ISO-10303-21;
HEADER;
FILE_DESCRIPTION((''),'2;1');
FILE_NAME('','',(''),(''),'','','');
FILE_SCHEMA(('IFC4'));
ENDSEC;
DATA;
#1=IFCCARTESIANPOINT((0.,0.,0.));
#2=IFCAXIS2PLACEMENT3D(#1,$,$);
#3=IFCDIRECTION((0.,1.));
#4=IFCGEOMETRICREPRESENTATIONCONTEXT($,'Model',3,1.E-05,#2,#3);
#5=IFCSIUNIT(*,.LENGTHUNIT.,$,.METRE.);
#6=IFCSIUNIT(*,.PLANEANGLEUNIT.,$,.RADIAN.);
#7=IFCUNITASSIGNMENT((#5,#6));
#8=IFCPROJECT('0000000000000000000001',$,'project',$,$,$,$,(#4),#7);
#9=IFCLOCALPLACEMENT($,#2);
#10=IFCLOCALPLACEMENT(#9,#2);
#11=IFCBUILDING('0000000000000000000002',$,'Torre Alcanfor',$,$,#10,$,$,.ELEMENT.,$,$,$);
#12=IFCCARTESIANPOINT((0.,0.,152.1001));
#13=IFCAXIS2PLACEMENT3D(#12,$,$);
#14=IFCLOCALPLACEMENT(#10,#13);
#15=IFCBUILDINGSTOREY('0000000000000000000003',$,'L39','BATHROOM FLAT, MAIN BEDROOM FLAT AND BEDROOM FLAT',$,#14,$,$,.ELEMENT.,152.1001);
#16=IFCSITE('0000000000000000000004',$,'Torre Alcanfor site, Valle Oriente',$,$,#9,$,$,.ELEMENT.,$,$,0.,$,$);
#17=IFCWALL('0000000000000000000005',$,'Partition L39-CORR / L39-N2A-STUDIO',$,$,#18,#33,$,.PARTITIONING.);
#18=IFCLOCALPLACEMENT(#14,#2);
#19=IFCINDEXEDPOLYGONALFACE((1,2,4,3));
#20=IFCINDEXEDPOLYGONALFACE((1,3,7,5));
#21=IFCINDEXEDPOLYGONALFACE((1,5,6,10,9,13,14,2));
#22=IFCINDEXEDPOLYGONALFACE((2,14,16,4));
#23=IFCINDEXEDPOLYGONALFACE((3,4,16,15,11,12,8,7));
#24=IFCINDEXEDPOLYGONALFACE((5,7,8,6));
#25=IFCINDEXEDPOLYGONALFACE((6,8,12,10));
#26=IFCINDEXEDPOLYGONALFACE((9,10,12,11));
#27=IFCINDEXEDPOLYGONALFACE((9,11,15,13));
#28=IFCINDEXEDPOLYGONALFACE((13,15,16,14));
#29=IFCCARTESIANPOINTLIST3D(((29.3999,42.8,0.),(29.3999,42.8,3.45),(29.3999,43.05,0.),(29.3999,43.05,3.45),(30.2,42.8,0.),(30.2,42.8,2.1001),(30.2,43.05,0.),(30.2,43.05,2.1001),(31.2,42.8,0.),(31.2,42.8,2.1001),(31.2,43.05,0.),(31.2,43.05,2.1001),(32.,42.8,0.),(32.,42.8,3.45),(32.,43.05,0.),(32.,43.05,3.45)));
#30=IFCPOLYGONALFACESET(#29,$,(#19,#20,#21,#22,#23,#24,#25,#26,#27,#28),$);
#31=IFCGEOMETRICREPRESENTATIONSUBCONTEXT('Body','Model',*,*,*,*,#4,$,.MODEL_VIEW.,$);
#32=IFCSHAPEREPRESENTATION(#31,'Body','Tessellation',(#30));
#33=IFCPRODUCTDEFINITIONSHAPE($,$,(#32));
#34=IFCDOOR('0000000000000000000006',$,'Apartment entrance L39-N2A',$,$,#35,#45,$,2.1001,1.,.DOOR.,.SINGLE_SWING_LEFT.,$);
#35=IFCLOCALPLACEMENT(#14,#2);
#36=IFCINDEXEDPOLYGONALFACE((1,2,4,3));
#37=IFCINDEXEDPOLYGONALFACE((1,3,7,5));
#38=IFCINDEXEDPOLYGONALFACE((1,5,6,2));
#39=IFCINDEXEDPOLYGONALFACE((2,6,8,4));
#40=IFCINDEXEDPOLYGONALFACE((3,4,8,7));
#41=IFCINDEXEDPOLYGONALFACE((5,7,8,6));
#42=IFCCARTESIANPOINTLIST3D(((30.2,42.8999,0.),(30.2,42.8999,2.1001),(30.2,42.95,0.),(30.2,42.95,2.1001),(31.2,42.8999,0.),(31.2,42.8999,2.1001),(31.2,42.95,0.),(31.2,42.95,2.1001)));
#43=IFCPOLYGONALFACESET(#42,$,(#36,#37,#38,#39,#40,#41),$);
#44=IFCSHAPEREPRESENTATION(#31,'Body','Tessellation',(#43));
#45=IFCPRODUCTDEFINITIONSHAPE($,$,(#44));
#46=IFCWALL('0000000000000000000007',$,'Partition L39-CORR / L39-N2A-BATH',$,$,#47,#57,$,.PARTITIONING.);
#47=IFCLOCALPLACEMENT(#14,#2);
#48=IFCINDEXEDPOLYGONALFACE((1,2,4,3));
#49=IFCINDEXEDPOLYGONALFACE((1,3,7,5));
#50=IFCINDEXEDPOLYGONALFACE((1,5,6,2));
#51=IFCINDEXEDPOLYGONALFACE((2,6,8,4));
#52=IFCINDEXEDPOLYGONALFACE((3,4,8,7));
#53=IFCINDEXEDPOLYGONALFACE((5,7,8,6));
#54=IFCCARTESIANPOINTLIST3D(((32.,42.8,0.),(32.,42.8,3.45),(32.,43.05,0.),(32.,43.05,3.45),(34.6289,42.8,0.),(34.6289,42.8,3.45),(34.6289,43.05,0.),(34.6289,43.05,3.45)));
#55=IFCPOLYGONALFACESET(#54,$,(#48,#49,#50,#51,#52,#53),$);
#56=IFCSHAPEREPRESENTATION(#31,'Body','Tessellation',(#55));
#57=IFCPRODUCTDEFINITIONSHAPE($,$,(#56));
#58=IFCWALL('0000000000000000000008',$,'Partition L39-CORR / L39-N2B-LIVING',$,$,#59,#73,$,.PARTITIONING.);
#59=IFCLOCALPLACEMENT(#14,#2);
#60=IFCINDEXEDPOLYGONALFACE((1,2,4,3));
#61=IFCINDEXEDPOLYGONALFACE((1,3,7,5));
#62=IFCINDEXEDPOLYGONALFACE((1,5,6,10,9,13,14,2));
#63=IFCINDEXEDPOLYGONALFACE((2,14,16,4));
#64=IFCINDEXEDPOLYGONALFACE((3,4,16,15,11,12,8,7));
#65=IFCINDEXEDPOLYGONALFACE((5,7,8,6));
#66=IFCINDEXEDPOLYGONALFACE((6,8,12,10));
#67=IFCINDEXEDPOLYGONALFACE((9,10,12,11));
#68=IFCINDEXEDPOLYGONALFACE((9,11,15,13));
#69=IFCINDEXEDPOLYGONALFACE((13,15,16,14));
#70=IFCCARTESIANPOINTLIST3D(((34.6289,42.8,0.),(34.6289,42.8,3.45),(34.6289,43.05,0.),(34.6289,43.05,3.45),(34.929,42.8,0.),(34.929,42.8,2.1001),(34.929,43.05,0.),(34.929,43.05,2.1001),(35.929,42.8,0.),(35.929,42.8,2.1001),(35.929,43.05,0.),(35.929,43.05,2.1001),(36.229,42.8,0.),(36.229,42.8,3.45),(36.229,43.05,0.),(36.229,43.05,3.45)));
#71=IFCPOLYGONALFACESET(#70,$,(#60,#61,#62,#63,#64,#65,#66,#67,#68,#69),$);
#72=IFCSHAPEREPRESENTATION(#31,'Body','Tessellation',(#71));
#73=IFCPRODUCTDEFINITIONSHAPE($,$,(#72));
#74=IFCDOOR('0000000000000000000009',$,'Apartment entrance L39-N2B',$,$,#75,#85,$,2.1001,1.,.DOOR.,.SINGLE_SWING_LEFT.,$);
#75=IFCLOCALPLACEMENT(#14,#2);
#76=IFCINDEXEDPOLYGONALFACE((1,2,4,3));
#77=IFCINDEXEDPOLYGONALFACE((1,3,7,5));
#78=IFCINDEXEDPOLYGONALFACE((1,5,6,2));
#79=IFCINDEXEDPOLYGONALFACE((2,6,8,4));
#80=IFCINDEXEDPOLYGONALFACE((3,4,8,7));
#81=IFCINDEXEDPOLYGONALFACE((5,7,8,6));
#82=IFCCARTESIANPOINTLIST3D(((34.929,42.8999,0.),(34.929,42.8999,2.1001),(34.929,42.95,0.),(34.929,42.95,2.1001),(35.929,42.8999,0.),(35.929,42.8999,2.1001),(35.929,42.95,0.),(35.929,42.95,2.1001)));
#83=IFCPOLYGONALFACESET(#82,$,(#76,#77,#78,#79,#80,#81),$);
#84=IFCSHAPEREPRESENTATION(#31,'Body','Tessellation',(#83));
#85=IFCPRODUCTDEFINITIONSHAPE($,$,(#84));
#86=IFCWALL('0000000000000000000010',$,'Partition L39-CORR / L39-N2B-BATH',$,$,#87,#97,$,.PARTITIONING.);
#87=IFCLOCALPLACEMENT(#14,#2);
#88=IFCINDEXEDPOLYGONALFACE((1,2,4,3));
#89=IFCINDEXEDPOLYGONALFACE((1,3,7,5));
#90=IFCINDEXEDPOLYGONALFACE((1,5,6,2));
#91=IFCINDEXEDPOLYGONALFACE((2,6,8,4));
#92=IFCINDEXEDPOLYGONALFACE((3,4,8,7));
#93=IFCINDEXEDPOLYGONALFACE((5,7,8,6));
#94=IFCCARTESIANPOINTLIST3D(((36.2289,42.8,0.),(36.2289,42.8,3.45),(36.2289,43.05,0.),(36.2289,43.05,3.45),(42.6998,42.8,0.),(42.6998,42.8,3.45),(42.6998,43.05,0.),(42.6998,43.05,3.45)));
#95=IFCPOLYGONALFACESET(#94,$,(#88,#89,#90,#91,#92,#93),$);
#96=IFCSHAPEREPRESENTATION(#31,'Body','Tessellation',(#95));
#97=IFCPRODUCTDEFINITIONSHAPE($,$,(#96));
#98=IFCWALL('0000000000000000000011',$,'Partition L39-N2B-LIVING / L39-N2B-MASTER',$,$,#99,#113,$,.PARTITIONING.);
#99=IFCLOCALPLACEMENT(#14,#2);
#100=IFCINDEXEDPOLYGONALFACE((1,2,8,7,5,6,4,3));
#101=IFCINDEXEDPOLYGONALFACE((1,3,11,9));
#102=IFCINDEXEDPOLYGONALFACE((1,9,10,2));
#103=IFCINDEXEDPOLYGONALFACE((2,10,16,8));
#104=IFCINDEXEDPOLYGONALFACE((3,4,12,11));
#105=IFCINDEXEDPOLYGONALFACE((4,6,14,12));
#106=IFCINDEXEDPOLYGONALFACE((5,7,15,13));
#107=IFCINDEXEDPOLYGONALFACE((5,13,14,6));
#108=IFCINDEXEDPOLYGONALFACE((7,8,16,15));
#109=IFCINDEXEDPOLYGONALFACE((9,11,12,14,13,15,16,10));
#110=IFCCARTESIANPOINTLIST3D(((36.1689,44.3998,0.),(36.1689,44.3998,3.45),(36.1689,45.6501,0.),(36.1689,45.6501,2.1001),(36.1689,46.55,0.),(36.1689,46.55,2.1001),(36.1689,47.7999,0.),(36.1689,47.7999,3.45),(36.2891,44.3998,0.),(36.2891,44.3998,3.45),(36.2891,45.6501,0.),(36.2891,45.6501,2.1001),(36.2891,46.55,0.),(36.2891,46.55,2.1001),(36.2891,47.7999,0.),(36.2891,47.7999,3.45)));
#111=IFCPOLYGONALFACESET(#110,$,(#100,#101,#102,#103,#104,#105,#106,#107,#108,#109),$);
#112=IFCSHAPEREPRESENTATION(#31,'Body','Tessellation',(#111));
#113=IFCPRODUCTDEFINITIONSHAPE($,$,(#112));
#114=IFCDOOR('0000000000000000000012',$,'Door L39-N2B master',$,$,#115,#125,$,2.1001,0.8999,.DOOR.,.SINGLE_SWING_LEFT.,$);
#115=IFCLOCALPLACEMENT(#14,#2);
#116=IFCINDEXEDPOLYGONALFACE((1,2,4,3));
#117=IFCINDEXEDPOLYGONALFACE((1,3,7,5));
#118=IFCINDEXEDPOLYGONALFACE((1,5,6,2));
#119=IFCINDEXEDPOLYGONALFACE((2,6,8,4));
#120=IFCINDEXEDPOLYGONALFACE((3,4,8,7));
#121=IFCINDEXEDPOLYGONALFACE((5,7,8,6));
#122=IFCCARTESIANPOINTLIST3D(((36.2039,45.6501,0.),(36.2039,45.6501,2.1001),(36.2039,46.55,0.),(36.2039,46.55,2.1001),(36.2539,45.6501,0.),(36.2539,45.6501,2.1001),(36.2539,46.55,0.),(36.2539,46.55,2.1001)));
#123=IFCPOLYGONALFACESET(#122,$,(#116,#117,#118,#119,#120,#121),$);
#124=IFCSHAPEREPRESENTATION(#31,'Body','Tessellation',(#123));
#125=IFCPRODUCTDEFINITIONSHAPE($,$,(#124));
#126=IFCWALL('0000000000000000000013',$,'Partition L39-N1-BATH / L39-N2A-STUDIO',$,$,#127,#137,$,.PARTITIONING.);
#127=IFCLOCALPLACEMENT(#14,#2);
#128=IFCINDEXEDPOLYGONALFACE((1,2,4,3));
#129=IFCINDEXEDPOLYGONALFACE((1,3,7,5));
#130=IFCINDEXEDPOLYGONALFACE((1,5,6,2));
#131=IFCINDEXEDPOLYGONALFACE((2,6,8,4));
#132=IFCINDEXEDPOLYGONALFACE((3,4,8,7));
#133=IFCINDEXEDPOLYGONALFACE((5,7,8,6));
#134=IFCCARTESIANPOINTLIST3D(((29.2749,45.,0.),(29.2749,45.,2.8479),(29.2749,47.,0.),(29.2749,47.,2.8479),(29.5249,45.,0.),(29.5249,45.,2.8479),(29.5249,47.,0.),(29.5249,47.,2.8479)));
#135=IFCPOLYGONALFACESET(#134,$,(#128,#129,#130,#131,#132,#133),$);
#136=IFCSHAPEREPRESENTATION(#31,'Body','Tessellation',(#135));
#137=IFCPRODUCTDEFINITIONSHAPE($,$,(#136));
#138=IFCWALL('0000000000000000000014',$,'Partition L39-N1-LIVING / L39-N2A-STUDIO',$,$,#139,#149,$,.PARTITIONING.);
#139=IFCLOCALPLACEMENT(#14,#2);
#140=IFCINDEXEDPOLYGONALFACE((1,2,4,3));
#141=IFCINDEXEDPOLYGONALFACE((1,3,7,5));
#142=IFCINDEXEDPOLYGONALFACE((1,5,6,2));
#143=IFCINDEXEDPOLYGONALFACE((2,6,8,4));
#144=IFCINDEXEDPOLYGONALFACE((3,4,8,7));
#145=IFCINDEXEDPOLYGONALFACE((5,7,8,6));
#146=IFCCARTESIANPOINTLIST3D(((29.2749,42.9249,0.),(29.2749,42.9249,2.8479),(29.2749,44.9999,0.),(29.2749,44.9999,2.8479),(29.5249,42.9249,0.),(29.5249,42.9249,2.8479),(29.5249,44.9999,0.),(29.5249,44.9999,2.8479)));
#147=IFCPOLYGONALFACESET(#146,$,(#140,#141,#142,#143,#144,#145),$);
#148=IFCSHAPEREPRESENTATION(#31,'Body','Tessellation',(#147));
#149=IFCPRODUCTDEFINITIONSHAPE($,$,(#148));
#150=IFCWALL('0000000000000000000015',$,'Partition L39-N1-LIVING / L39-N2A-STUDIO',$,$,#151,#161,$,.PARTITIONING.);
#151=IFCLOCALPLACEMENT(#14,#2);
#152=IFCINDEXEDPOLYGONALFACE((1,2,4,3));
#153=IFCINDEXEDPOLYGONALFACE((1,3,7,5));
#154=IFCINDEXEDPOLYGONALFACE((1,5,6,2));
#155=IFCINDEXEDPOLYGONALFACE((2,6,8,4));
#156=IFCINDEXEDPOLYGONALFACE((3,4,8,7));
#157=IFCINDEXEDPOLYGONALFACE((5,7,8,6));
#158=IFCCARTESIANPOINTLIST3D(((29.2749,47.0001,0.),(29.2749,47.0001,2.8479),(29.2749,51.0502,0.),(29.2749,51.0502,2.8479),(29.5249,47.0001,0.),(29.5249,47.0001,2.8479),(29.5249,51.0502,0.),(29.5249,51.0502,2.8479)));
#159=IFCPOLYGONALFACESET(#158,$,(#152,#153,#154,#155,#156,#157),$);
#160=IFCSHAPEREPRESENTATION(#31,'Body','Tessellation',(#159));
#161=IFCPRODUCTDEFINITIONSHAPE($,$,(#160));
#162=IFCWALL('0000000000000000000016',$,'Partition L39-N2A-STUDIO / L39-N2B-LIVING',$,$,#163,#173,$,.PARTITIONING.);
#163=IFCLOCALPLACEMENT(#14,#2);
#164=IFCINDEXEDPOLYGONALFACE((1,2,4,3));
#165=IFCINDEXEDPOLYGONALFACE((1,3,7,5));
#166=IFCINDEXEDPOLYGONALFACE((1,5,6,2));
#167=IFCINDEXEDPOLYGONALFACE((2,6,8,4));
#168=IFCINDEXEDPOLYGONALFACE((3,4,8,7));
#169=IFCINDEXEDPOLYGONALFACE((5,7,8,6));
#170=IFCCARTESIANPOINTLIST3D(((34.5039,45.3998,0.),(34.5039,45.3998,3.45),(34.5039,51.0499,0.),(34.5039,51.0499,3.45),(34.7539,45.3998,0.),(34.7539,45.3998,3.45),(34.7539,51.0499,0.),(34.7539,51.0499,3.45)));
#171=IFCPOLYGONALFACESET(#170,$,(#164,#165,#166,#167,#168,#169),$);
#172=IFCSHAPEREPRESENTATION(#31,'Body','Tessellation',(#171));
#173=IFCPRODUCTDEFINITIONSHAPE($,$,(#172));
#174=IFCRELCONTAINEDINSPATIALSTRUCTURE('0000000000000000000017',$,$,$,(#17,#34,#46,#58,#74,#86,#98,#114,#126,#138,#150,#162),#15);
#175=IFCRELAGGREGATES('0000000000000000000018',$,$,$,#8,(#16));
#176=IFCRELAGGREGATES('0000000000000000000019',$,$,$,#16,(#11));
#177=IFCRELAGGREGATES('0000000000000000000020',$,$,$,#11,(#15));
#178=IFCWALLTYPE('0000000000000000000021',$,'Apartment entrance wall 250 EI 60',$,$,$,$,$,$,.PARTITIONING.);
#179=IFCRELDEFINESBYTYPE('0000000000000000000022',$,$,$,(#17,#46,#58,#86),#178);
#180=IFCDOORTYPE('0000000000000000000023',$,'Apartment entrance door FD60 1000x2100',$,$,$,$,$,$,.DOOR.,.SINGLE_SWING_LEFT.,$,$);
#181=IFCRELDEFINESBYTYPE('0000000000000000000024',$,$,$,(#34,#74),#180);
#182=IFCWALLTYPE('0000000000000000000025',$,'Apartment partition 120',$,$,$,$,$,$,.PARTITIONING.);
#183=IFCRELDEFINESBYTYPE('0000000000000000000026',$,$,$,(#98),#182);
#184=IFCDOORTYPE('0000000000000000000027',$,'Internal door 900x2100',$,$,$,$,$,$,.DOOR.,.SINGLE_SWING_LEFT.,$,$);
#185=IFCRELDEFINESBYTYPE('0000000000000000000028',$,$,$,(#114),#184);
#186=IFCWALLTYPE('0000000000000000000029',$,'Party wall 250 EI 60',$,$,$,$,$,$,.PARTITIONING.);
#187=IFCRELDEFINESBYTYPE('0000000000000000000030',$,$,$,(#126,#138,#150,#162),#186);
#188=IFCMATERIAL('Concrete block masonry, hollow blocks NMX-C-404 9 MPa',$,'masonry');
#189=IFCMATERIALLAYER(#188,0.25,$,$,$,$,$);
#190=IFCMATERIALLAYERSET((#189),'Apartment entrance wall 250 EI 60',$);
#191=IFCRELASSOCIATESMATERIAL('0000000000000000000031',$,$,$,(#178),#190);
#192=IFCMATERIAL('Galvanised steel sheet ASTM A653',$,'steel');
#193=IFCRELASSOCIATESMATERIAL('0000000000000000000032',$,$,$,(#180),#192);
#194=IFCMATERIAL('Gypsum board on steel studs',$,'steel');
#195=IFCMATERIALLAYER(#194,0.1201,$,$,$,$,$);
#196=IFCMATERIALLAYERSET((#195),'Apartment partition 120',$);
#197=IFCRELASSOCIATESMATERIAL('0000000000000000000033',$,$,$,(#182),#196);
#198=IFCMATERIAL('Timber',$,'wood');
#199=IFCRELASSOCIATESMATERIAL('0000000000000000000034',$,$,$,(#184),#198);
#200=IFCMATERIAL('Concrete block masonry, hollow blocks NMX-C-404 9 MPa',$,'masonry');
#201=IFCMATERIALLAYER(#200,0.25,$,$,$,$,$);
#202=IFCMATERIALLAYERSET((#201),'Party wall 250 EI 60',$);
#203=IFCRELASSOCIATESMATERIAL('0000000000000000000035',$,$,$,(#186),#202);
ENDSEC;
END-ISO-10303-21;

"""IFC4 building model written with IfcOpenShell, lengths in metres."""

from ifc_helpers import new_model, si_unit, direction, frame, frame_2d, origin, place, context, subcontext, project, spatial, rectangle, extrude, material, layer, layer_set, type_object, element, fill, save


model = new_model("IFC4")

# Units and contexts
model_context = context("Model", 3, precision=1e-05, world=origin(), true_north=direction((0.0, 1.0)))
body_context = subcontext(model_context, "Body", "Model", "MODEL_VIEW")
ifc_project = project(units=[si_unit("LENGTHUNIT", "METRE"), si_unit("PLANEANGLEUNIT", "RADIAN")], contexts=[model_context])

# Site, building, storey
site_placement = place(None, origin())
site = spatial("IfcSite", under=ifc_project, at=site_placement, Name="Torre Alcanfor site, Valle Oriente", CompositionType="ELEMENT", RefElevation=0.0)
building_placement = place(site_placement, origin())
building = spatial("IfcBuilding", under=site, at=building_placement, Name="Torre Alcanfor", CompositionType="ELEMENT")
storey_placement = place(building_placement, frame((0.0, 0.0, 152.1001)))
storey = spatial("IfcBuildingStorey", under=building, at=storey_placement, Name="L39", Description="BATHROOM FLAT, MAIN BEDROOM FLAT AND BEDROOM FLAT", CompositionType="ELEMENT", Elevation=152.1001)

# Wall, opening, door
ifc_material_1 = material(Name="Concrete block masonry, hollow blocks NMX-C-404 9 MPa", Category="masonry")
ifc_layer_1 = layer(ifc_material_1, 0.25)
ifc_layer_set_1 = layer_set([ifc_layer_1], Name="Apartment entrance wall 250 EI 60")
wall_type_1 = type_object("IfcWallType", Name="Apartment entrance wall 250 EI 60", PredefinedType="PARTITIONING", material=ifc_layer_set_1)
wall_1_placement = place(storey_placement, frame((29.3999, 42.925, 0.0), z_axis=(0.0, 0.0, 1.0), x_axis=(1.0, 0.0, 0.0)))
wall_1 = element("IfcWall", 1, at=wall_1_placement, inside=storey, type_object=wall_type_1, Name="Partition L39-CORR / L39-N2A-STUDIO", PredefinedType="PARTITIONING", context=body_context, shape_type="SweptSolid", body=[
    extrude(rectangle(XDim=2.6001, YDim=0.25, at=frame_2d((1.3, 0.0))), origin(), (0.0, 0.0, 1.0), 3.45),
])
opening_1_placement = place(wall_1_placement, frame((0.8, 0.0, 0.0)))
opening_1 = element("IfcOpeningElement", 2, at=opening_1_placement, cuts=wall_1, PredefinedType="OPENING", context=body_context, shape_type="SweptSolid", body=[
    extrude(rectangle(XDim=1.0, YDim=2.1001, at=frame_2d((0.5, 1.05))), frame((0.0, 0.135, 0.0), z_axis=(0.0, -1.0, 0.0), x_axis=(1.0, 0.0, 0.0)), (0.0, 0.0, 1.0), 0.27),
])
ifc_material_2 = material(Name="Galvanised steel sheet ASTM A653", Category="steel")
door_type_1 = type_object("IfcDoorType", Name="Apartment entrance door FD60 1000x2100", OperationType="SINGLE_SWING_LEFT", PredefinedType="DOOR", material=ifc_material_2)
door_1_placement = place(opening_1_placement, origin())
door_1 = element("IfcDoor", 3, at=door_1_placement, inside=storey, type_object=door_type_1, Name="Apartment entrance L39-N2A", OperationType="SINGLE_SWING_LEFT", OverallHeight=2.1001, OverallWidth=1.0, PredefinedType="DOOR", context=body_context, shape_type="SweptSolid", body=[
    extrude(rectangle(XDim=1.0, YDim=2.1001, at=frame_2d((0.5, 1.05))), frame((0.0, 0.0249, 0.0), z_axis=(0.0, -1.0, 0.0), x_axis=(1.0, 0.0, 0.0)), (0.0, 0.0, 1.0), 0.05),
])
fill(opening_1, door_1)

# Wall
wall_2_placement = place(storey_placement, frame((32.0, 42.925, 0.0), z_axis=(0.0, 0.0, 1.0), x_axis=(1.0, 0.0, 0.0)))
element("IfcWall", 4, at=wall_2_placement, inside=storey, type_object=wall_type_1, Name="Partition L39-CORR / L39-N2A-BATH", PredefinedType="PARTITIONING", context=body_context, shape_type="SweptSolid", body=[
    extrude(rectangle(XDim=2.6289, YDim=0.25, at=frame_2d((1.3145, 0.0))), origin(), (0.0, 0.0, 1.0), 3.45),
])

# Wall, opening, door
wall_3_placement = place(storey_placement, frame((34.6289, 42.925, 0.0), z_axis=(0.0, 0.0, 1.0), x_axis=(1.0, 0.0, 0.0)))
wall_3 = element("IfcWall", 5, at=wall_3_placement, inside=storey, type_object=wall_type_1, Name="Partition L39-CORR / L39-N2B-LIVING", PredefinedType="PARTITIONING", context=body_context, shape_type="SweptSolid", body=[
    extrude(rectangle(XDim=1.6001, YDim=0.25, at=frame_2d((0.8, 0.0))), origin(), (0.0, 0.0, 1.0), 3.45),
])
opening_2_placement = place(wall_3_placement, frame((0.3, 0.0, 0.0)))
opening_2 = element("IfcOpeningElement", 6, at=opening_2_placement, cuts=wall_3, PredefinedType="OPENING", context=body_context, shape_type="SweptSolid", body=[
    extrude(rectangle(XDim=1.0, YDim=2.1001, at=frame_2d((0.5, 1.05))), frame((0.0, 0.135, 0.0), z_axis=(0.0, -1.0, 0.0), x_axis=(1.0, 0.0, 0.0)), (0.0, 0.0, 1.0), 0.27),
])
door_2_placement = place(opening_2_placement, origin())
door_2 = element("IfcDoor", 7, at=door_2_placement, inside=storey, type_object=door_type_1, Name="Apartment entrance L39-N2B", OperationType="SINGLE_SWING_LEFT", OverallHeight=2.1001, OverallWidth=1.0, PredefinedType="DOOR", context=body_context, shape_type="SweptSolid", body=[
    extrude(rectangle(XDim=1.0, YDim=2.1001, at=frame_2d((0.5, 1.05))), frame((0.0, 0.0249, 0.0), z_axis=(0.0, -1.0, 0.0), x_axis=(1.0, 0.0, 0.0)), (0.0, 0.0, 1.0), 0.05),
])
fill(opening_2, door_2)

# Wall
wall_4_placement = place(storey_placement, frame((36.229, 42.925, 0.0), z_axis=(0.0, 0.0, 1.0), x_axis=(1.0, 0.0, 0.0)))
element("IfcWall", 8, at=wall_4_placement, inside=storey, type_object=wall_type_1, Name="Partition L39-CORR / L39-N2B-BATH", PredefinedType="PARTITIONING", context=body_context, shape_type="SweptSolid", body=[
    extrude(rectangle(XDim=6.4709, YDim=0.25, at=frame_2d((3.2354, 0.0))), origin(), (0.0, 0.0, 1.0), 3.45),
])

# Wall, opening, door
ifc_material_3 = material(Name="Gypsum board on steel studs", Category="steel")
ifc_layer_2 = layer(ifc_material_3, 0.1201)
ifc_layer_set_2 = layer_set([ifc_layer_2], Name="Apartment partition 120")
wall_type_2 = type_object("IfcWallType", Name="Apartment partition 120", PredefinedType="PARTITIONING", material=ifc_layer_set_2)
wall_5_placement = place(storey_placement, frame((36.229, 47.8, 0.0), z_axis=(0.0, 0.0, 1.0), x_axis=(0.0, -1.0, 0.0)))
wall_5 = element("IfcWall", 9, at=wall_5_placement, inside=storey, type_object=wall_type_2, Name="Partition L39-N2B-LIVING / L39-N2B-MASTER", PredefinedType="PARTITIONING", context=body_context, shape_type="SweptSolid", body=[
    extrude(rectangle(XDim=3.4001, YDim=0.1201, at=frame_2d((1.7002, 0.0))), origin(), (0.0, 0.0, 1.0), 3.45),
])
opening_3_placement = place(wall_5_placement, frame((1.25, 0.0, 0.0)))
opening_3 = element("IfcOpeningElement", 10, at=opening_3_placement, cuts=wall_5, PredefinedType="OPENING", context=body_context, shape_type="SweptSolid", body=[
    extrude(rectangle(XDim=0.8999, YDim=2.1001, at=frame_2d((0.45, 1.05))), frame((0.0, 0.0701, 0.0), z_axis=(0.0, -1.0, 0.0), x_axis=(1.0, 0.0, 0.0)), (0.0, 0.0, 1.0), 0.1401),
])
ifc_material_4 = material(Name="Timber", Category="wood")
door_type_2 = type_object("IfcDoorType", Name="Internal door 900x2100", OperationType="SINGLE_SWING_LEFT", PredefinedType="DOOR", material=ifc_material_4)
door_3_placement = place(opening_3_placement, origin())
door_3 = element("IfcDoor", 11, at=door_3_placement, inside=storey, type_object=door_type_2, Name="Door L39-N2B master", OperationType="SINGLE_SWING_LEFT", OverallHeight=2.1001, OverallWidth=0.8999, PredefinedType="DOOR", context=body_context, shape_type="SweptSolid", body=[
    extrude(rectangle(XDim=0.8999, YDim=2.1001, at=frame_2d((0.45, 1.05))), frame((0.0, 0.0249, 0.0), z_axis=(0.0, -1.0, 0.0), x_axis=(1.0, 0.0, 0.0)), (0.0, 0.0, 1.0), 0.05),
])
fill(opening_3, door_3)

# Walls
ifc_material_5 = material(Name="Concrete block masonry, hollow blocks NMX-C-404 9 MPa", Category="masonry")
ifc_layer_3 = layer(ifc_material_5, 0.25)
ifc_layer_set_3 = layer_set([ifc_layer_3], Name="Party wall 250 EI 60")
wall_type_3 = type_object("IfcWallType", Name="Party wall 250 EI 60", PredefinedType="PARTITIONING", material=ifc_layer_set_3)
wall_6_placement = place(storey_placement, frame((29.3999, 45.0, 0.0), z_axis=(0.0, 0.0, 1.0), x_axis=(0.0, 1.0, 0.0)))
element("IfcWall", 12, at=wall_6_placement, inside=storey, type_object=wall_type_3, Name="Partition L39-N1-BATH / L39-N2A-STUDIO", PredefinedType="PARTITIONING", context=body_context, shape_type="SweptSolid", body=[
    extrude(rectangle(XDim=2.0, YDim=0.25, at=frame_2d((1.0, 0.0))), origin(), (0.0, 0.0, 1.0), 2.8479),
])
wall_7_placement = place(storey_placement, frame((29.3999, 45.0, 0.0), z_axis=(0.0, 0.0, 1.0), x_axis=(0.0, -1.0, 0.0)))
element("IfcWall", 13, at=wall_7_placement, inside=storey, type_object=wall_type_3, Name="Partition L39-N1-LIVING / L39-N2A-STUDIO", PredefinedType="PARTITIONING", context=body_context, shape_type="SweptSolid", body=[
    extrude(rectangle(XDim=2.075, YDim=0.25, at=frame_2d((1.0376, 0.0))), origin(), (0.0, 0.0, 1.0), 2.8479),
])
wall_8_placement = place(storey_placement, frame((29.3999, 51.05, 0.0), z_axis=(0.0, 0.0, 1.0), x_axis=(0.0, -1.0, 0.0)))
element("IfcWall", 14, at=wall_8_placement, inside=storey, type_object=wall_type_3, Name="Partition L39-N1-LIVING / L39-N2A-STUDIO", PredefinedType="PARTITIONING", context=body_context, shape_type="SweptSolid", body=[
    extrude(rectangle(XDim=4.05, YDim=0.25, at=frame_2d((2.0249, 0.0))), origin(), (0.0, 0.0, 1.0), 2.8479),
])
wall_9_placement = place(storey_placement, frame((34.6289, 51.05, 0.0), z_axis=(0.0, 0.0, 1.0), x_axis=(0.0, -1.0, 0.0)))
element("IfcWall", 15, at=wall_9_placement, inside=storey, type_object=wall_type_3, Name="Partition L39-N2A-STUDIO / L39-N2B-LIVING", PredefinedType="PARTITIONING", context=body_context, shape_type="SweptSolid", body=[
    extrude(rectangle(XDim=5.6501, YDim=0.25, at=frame_2d((2.8252, 0.0))), origin(), (0.0, 0.0, 1.0), 3.45),
])

save(model, "model.ifc")
